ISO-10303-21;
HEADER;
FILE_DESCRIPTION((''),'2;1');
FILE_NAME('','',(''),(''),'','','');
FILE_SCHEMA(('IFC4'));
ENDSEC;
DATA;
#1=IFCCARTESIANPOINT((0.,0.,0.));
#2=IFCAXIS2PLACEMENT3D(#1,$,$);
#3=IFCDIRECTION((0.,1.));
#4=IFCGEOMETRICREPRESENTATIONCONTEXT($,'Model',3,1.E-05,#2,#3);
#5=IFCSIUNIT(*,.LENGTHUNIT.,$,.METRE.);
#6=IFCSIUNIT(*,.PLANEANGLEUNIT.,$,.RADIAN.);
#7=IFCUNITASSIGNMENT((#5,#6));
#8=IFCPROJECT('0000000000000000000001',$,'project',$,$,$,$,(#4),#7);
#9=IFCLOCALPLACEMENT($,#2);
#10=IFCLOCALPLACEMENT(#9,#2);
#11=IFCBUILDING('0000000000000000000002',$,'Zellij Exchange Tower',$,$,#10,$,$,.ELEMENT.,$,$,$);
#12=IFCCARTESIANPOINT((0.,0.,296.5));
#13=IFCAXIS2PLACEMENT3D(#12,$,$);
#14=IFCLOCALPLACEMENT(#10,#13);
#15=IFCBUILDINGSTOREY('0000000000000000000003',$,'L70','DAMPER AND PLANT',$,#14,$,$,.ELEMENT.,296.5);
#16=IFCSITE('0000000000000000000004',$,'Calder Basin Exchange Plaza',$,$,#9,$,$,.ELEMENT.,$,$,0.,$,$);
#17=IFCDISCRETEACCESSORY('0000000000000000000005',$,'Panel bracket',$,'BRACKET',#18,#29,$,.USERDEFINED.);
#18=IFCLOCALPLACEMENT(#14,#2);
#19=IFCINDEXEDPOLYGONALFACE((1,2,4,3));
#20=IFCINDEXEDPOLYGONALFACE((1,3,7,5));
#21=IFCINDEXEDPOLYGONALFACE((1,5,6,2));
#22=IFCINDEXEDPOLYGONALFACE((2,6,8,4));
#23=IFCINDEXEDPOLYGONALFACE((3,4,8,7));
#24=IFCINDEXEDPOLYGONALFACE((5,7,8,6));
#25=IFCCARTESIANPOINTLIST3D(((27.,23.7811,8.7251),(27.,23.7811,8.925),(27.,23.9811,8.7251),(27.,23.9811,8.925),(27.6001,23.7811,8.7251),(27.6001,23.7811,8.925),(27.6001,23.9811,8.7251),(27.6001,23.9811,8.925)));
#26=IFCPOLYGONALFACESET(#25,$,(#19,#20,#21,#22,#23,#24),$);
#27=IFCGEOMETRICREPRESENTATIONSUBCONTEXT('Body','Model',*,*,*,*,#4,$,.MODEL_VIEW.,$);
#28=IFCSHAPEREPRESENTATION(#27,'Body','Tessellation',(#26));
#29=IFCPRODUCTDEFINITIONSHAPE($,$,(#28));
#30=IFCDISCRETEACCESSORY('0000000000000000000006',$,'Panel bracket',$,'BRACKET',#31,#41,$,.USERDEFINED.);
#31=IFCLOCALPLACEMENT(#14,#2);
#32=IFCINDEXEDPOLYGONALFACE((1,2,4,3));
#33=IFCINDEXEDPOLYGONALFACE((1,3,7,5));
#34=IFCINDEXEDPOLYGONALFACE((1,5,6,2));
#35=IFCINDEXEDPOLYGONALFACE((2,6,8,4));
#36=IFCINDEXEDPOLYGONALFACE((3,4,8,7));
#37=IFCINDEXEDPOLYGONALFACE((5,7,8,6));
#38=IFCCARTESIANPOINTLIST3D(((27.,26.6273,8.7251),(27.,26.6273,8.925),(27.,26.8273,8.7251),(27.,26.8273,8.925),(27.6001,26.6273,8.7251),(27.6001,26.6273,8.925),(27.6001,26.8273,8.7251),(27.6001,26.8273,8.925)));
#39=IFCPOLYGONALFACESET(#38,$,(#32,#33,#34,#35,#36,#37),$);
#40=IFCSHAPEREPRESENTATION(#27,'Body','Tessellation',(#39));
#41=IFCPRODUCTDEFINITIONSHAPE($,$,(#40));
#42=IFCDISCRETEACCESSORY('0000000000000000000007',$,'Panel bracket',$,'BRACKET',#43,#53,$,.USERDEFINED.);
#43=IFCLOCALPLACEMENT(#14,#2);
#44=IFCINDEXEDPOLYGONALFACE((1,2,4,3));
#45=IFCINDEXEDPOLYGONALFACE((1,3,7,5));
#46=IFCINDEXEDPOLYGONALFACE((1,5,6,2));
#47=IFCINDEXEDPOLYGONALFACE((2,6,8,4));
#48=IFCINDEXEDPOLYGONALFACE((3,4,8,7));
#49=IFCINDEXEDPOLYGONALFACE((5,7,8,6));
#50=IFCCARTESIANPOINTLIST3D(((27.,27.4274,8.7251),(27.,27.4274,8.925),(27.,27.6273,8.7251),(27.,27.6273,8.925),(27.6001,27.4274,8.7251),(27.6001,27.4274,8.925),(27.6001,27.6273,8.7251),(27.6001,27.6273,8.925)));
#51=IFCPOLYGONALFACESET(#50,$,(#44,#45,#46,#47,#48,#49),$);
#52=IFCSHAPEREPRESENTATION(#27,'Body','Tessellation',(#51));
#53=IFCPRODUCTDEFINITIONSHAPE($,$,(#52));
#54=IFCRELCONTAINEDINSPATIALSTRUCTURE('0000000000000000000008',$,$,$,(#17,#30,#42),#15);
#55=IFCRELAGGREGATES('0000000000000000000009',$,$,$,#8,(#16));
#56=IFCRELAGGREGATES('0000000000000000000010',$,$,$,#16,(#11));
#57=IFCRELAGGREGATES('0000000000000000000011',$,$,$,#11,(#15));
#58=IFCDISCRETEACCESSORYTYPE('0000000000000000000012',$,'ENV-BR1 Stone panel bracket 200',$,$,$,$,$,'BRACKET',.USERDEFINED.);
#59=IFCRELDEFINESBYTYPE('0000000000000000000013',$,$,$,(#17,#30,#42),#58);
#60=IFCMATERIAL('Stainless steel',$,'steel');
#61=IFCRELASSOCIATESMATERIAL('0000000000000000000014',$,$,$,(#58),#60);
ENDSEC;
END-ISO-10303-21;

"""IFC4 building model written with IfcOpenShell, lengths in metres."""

from ifc_helpers import new_model, si_unit, direction, frame, origin, origin_2d, place, context, subcontext, project, spatial, rectangle, extrude, material, type_object, element, save


model = new_model("IFC4")

# Units and contexts
model_context = context("Model", 3, precision=1e-05, world=origin(), true_north=direction((0.0, 1.0)))
body_context = subcontext(model_context, "Body", "Model", "MODEL_VIEW")
ifc_project = project(units=[si_unit("LENGTHUNIT", "METRE"), si_unit("PLANEANGLEUNIT", "RADIAN")], contexts=[model_context])

# Site, building, storey
site_placement = place(None, origin())
site = spatial("IfcSite", under=ifc_project, at=site_placement, Name="Calder Basin Exchange Plaza", CompositionType="ELEMENT", RefElevation=0.0)
building_placement = place(site_placement, origin())
building = spatial("IfcBuilding", under=site, at=building_placement, Name="Zellij Exchange Tower", CompositionType="ELEMENT")
storey_placement = place(building_placement, frame((0.0, 0.0, 296.5)))
storey = spatial("IfcBuildingStorey", under=building, at=storey_placement, Name="L70", Description="DAMPER AND PLANT", CompositionType="ELEMENT", Elevation=296.5)

# Discrete accessories
ifc_material_1 = material(Name="Stainless steel", Category="steel")
discrete_accessory_type = type_object("IfcDiscreteAccessoryType", Name="ENV-BR1 Stone panel bracket 200", ElementType="BRACKET", PredefinedType="USERDEFINED", material=ifc_material_1)
for number, where, z_axis, x_axis, name in (
    (1, (27.3, 23.8811, 8.7251), (0.0, 0.0, 1.0), (0.0, 1.0, 0.0), "Panel bracket"),
    (2, (27.3, 26.7273, 8.7251), (0.0, 0.0, 1.0), (0.0, 1.0, 0.0), "Panel bracket"),
    (3, (27.3, 27.5273, 8.7251), (0.0, 0.0, 1.0), (0.0, 1.0, 0.0), "Panel bracket"),
):
    element("IfcDiscreteAccessory", number, at=place(storey_placement, frame(where, z_axis=z_axis, x_axis=x_axis)), inside=storey, type_object=discrete_accessory_type, Name=name, ObjectType="BRACKET", PredefinedType="USERDEFINED", context=body_context, shape_type="SweptSolid", body=[
        extrude(rectangle(XDim=0.2, YDim=0.6001, at=origin_2d()), origin(), (0.0, 0.0, 1.0), 0.2),
    ])

save(model, "model.ifc")
